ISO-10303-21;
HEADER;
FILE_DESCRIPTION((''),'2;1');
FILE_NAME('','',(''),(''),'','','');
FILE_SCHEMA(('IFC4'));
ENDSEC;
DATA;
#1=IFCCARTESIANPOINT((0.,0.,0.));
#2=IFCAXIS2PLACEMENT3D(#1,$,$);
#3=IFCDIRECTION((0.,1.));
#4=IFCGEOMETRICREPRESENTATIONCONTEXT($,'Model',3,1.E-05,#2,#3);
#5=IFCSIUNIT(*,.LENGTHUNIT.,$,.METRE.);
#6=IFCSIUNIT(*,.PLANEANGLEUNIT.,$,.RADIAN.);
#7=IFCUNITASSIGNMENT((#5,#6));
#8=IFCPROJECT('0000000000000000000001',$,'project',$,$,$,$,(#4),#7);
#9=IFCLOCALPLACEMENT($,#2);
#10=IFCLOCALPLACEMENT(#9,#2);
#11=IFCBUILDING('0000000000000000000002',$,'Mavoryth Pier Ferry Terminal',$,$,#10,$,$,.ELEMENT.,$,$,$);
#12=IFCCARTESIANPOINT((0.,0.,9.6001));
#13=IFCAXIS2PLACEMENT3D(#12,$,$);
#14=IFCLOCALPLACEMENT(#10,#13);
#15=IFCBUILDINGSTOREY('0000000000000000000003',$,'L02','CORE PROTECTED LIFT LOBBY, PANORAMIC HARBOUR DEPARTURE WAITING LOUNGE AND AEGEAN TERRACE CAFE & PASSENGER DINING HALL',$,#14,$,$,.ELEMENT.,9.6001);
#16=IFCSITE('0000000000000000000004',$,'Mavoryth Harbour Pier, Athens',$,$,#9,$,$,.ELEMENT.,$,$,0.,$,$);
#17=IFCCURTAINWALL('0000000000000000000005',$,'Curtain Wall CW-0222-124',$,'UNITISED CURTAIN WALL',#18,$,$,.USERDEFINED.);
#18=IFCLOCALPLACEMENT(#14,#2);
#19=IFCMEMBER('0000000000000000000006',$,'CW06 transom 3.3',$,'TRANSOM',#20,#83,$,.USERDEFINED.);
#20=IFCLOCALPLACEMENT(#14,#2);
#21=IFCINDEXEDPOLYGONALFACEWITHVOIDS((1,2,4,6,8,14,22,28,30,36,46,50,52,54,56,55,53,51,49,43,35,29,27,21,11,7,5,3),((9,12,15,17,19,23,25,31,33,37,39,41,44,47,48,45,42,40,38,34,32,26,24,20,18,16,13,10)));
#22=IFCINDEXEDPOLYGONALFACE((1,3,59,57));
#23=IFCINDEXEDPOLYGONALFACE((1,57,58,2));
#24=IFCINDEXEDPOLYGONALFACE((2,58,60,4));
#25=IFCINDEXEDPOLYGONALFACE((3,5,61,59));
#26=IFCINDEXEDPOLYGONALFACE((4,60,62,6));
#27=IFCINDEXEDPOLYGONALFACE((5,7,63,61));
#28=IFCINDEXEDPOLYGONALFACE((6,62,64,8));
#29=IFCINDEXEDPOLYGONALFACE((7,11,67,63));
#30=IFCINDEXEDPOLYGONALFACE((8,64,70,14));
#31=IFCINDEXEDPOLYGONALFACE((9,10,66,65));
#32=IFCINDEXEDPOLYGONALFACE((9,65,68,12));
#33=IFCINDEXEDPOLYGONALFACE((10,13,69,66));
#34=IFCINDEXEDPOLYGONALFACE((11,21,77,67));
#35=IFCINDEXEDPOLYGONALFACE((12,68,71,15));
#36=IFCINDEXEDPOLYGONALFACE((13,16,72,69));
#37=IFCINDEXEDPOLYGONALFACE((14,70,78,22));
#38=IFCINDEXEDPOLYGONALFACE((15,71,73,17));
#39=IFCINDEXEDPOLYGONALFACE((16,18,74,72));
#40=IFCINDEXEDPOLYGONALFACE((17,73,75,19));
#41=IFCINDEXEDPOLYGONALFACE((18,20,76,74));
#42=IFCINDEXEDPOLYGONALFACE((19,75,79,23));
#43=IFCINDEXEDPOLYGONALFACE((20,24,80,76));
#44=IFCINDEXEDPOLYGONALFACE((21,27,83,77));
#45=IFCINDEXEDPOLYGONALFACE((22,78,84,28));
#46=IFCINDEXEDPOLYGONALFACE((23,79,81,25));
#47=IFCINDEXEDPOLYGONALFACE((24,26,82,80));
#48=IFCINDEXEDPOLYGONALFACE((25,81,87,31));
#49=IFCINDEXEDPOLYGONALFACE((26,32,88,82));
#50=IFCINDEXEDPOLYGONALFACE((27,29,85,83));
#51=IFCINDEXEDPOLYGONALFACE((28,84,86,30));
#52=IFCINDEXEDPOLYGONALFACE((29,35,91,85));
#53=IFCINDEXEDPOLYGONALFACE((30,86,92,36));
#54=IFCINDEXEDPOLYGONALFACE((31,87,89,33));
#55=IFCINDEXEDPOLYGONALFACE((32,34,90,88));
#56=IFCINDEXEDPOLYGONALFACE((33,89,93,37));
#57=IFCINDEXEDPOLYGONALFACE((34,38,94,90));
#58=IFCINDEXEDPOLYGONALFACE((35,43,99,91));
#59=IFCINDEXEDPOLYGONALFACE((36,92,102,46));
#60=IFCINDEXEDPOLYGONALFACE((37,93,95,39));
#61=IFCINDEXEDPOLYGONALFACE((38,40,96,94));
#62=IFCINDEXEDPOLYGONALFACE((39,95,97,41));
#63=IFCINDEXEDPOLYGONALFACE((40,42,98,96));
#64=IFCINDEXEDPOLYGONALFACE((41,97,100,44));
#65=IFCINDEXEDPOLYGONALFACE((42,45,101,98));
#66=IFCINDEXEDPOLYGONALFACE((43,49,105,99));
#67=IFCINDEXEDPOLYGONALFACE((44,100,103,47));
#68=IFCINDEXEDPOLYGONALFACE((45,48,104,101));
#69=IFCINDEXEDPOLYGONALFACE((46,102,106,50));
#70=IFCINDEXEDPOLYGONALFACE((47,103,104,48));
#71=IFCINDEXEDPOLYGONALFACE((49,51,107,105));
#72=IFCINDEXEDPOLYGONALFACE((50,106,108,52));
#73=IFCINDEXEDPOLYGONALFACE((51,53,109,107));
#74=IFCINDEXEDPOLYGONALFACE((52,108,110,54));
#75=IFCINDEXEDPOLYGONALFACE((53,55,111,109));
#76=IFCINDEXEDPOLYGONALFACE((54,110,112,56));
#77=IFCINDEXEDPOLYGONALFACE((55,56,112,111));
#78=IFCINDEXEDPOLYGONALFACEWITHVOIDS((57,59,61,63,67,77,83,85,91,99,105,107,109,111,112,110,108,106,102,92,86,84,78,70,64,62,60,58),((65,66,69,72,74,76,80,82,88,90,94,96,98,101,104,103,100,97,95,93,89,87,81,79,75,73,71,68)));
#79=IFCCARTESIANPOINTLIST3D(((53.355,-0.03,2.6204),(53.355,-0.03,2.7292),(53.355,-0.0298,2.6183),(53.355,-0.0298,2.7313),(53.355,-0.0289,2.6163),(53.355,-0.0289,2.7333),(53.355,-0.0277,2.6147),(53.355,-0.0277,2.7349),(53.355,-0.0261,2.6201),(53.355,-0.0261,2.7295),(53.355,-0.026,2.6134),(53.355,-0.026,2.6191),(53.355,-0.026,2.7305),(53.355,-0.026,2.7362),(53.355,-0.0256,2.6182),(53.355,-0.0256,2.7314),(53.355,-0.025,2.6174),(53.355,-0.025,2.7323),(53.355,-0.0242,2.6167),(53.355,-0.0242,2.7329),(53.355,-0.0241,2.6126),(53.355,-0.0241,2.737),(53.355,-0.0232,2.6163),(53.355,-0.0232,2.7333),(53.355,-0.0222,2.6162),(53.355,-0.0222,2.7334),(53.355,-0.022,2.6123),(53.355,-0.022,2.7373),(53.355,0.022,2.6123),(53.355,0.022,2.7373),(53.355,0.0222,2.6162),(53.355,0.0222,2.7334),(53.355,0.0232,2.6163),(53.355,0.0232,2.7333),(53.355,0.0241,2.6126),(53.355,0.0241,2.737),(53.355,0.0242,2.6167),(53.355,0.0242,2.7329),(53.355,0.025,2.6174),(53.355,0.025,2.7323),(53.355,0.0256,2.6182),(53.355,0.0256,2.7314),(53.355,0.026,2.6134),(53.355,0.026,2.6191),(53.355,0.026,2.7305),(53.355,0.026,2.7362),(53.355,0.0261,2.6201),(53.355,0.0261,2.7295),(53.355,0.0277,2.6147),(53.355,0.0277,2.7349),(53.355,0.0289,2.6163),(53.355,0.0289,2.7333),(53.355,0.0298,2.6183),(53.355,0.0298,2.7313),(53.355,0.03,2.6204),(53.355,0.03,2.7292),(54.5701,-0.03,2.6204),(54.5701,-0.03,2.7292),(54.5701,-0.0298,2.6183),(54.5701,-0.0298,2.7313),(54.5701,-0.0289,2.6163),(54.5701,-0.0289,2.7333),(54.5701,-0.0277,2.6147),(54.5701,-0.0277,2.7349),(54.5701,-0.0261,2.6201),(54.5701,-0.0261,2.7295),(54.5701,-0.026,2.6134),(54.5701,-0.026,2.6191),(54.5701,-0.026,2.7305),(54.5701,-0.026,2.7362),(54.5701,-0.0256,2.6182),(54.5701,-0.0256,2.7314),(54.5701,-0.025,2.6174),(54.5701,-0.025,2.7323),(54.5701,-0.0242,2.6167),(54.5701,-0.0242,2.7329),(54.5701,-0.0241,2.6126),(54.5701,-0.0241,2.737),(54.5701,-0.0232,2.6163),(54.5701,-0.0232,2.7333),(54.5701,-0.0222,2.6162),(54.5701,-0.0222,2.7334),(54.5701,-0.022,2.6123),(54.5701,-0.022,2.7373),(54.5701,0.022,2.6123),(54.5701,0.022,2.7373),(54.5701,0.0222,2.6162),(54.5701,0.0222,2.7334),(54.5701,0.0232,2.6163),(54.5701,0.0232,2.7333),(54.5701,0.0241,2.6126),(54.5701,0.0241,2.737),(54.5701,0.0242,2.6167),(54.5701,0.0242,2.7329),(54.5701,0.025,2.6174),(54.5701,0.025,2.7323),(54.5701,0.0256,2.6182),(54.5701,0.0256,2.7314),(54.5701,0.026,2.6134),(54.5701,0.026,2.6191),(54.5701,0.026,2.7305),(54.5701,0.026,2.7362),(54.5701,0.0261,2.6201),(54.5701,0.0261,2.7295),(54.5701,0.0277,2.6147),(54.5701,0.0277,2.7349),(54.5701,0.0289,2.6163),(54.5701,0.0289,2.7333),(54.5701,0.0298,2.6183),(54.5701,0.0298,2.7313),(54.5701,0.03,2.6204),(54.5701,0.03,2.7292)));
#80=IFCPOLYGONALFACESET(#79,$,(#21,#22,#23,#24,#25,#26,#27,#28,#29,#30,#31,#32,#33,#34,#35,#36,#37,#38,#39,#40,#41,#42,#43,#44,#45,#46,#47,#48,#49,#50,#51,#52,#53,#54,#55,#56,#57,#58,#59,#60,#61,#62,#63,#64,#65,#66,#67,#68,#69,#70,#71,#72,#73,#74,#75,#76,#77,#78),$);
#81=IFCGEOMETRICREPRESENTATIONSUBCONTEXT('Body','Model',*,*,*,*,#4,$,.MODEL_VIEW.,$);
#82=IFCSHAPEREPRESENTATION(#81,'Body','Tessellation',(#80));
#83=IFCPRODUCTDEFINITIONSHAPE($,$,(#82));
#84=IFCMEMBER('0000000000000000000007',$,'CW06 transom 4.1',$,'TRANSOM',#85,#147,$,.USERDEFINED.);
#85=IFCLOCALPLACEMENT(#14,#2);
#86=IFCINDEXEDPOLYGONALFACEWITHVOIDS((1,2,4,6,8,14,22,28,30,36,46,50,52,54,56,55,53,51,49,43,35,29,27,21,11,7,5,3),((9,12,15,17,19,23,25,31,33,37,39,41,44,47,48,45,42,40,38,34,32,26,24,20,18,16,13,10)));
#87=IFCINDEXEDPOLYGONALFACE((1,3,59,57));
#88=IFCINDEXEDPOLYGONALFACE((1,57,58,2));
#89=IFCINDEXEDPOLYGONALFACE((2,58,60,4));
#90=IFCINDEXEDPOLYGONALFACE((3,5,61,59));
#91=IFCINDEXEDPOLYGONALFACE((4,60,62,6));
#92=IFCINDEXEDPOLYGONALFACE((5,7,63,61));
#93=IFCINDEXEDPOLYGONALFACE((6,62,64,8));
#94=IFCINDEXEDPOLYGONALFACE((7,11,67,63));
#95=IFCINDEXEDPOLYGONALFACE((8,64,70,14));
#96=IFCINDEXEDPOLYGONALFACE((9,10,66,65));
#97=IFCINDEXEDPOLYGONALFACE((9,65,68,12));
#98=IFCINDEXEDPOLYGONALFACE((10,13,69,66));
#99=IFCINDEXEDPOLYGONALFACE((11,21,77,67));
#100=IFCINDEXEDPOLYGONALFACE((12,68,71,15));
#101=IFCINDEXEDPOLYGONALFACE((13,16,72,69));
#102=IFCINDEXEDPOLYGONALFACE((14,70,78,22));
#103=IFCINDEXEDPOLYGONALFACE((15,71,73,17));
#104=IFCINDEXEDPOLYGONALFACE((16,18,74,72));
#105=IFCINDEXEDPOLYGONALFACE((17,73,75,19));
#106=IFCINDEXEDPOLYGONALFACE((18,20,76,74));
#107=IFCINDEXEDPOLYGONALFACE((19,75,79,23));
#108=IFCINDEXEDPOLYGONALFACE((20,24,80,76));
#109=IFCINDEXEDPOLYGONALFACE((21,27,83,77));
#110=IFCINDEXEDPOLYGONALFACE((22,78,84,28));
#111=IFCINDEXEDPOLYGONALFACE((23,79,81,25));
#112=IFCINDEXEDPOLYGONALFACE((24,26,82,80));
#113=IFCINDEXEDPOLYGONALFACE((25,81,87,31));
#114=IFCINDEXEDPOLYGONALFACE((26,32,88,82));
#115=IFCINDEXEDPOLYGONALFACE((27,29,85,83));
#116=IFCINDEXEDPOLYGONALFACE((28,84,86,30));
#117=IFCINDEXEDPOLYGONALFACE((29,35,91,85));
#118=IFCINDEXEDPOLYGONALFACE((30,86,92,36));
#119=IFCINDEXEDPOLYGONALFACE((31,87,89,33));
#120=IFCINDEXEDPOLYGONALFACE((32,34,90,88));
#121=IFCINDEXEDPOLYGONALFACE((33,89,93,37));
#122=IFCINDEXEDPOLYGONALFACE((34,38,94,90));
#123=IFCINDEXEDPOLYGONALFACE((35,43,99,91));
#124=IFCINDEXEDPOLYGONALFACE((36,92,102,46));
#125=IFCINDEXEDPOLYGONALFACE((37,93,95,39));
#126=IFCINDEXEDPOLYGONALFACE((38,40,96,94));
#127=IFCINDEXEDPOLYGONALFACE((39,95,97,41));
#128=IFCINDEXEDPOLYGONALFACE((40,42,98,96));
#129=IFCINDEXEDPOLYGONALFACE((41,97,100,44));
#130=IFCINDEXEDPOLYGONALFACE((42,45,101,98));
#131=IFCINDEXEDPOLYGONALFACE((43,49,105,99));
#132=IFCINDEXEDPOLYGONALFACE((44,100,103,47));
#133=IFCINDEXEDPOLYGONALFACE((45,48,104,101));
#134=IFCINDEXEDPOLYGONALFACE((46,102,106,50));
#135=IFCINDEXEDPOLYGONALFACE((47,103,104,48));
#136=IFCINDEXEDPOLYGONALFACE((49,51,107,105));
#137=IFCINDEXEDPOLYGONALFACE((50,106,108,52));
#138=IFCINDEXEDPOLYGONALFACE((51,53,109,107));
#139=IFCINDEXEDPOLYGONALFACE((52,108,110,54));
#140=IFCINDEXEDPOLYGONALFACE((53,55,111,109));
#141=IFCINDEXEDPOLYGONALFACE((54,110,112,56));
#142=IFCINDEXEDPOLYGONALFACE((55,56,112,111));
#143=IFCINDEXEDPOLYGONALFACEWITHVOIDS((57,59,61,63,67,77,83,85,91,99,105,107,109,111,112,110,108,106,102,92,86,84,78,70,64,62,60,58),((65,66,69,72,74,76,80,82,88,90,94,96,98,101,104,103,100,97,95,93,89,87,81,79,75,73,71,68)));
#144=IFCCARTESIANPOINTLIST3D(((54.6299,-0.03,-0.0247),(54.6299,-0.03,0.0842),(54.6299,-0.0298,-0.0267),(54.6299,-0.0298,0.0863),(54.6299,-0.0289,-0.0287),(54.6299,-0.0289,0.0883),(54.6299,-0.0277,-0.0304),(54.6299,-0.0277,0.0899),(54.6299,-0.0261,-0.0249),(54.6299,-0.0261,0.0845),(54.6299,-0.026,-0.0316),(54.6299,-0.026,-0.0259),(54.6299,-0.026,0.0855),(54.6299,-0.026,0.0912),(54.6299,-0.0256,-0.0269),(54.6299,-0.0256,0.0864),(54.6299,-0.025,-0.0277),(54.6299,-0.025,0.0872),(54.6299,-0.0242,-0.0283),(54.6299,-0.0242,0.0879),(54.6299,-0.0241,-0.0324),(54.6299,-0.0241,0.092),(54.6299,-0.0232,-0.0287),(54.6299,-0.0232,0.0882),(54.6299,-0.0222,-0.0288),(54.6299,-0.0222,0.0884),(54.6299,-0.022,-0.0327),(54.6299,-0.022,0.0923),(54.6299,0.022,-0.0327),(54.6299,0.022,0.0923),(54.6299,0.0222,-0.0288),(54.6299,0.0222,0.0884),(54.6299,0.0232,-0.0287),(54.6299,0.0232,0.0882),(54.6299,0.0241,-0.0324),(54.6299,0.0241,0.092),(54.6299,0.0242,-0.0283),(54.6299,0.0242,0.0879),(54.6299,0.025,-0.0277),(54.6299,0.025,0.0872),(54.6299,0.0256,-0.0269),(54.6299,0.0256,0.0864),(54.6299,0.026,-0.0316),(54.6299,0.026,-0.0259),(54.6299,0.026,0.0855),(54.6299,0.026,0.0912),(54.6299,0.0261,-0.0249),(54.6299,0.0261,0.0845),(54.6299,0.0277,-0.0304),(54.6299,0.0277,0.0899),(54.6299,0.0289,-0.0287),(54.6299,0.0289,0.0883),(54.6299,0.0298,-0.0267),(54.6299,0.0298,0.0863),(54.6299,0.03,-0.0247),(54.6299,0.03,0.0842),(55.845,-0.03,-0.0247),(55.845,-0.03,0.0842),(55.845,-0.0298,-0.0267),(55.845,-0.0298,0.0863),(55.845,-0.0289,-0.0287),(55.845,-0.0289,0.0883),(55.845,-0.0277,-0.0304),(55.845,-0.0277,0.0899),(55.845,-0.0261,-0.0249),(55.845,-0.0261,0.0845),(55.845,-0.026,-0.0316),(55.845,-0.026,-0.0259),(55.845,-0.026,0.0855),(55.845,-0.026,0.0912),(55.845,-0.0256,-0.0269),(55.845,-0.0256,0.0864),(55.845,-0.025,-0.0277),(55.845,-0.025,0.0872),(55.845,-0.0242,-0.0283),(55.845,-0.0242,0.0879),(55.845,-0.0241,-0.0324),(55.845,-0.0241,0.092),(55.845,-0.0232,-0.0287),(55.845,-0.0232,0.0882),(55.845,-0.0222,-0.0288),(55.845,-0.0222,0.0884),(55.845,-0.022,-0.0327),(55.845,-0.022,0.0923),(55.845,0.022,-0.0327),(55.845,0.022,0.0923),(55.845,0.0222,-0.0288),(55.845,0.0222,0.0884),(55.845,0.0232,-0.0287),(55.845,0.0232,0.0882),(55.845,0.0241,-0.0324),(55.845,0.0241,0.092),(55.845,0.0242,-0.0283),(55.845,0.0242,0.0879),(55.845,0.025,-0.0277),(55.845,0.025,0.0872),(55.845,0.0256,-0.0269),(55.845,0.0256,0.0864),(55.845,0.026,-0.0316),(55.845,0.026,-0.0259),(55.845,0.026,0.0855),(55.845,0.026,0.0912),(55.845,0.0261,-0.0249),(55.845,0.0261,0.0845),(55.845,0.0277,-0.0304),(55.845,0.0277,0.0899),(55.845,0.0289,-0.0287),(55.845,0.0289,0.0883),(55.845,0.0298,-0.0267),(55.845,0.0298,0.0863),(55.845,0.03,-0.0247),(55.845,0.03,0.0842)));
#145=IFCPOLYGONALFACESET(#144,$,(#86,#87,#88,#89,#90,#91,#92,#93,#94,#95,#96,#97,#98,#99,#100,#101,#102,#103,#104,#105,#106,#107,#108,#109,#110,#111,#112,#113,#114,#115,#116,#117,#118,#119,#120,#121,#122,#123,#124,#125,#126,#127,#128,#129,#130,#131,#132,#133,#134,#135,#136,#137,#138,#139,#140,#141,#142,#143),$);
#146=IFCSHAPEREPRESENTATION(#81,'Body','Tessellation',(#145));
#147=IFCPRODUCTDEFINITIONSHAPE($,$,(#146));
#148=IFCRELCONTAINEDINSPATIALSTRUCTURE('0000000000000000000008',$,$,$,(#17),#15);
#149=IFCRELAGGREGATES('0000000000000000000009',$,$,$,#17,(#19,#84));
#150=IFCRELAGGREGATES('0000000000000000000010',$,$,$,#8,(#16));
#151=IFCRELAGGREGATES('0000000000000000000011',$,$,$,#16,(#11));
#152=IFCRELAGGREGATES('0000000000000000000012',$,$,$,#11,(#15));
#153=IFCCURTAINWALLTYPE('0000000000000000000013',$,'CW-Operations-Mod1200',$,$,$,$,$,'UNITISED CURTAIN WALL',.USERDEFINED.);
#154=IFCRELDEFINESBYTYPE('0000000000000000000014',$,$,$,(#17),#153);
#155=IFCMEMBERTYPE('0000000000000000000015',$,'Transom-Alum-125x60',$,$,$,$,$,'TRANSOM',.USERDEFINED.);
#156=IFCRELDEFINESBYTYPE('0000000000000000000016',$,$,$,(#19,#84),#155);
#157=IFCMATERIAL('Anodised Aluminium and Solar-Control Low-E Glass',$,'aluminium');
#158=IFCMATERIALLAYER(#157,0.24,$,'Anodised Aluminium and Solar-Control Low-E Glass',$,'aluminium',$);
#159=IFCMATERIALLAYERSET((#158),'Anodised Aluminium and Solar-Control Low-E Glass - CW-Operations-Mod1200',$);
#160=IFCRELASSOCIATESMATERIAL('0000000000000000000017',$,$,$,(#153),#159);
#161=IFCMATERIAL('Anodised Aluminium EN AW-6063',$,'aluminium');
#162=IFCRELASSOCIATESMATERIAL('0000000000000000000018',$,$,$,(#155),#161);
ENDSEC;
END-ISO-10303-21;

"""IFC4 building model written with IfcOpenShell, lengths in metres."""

from ifc_helpers import new_model, si_unit, direction, frame, origin, origin_2d, place, context, subcontext, project, spatial, hollow_rectangle, extrude, material, layer, layer_set, material_profile, profile_set, type_object, element, aggregate, save


model = new_model("IFC4")

# Units and contexts
model_context = context("Model", 3, precision=1e-05, world=origin(), true_north=direction((0.0, 1.0)))
body_context = subcontext(model_context, "Body", "Model", "MODEL_VIEW")
ifc_project = project(units=[si_unit("LENGTHUNIT", "METRE"), si_unit("PLANEANGLEUNIT", "RADIAN")], contexts=[model_context])

# Site, building, storey
site_placement = place(None, origin())
site = spatial("IfcSite", under=ifc_project, at=site_placement, Name="Mavoryth Harbour Pier, Athens", CompositionType="ELEMENT", RefElevation=0.0)
building_placement = place(site_placement, origin())
building = spatial("IfcBuilding", under=site, at=building_placement, Name="Mavoryth Pier Ferry Terminal", CompositionType="ELEMENT")
storey_placement = place(building_placement, frame((0.0, 0.0, 9.6001)))
storey = spatial("IfcBuildingStorey", under=building, at=storey_placement, Name="L02", Description="CORE PROTECTED LIFT LOBBY, PANORAMIC HARBOUR DEPARTURE WAITING LOUNGE AND AEGEAN TERRACE CAFE & PASSENGER DINING HALL", CompositionType="ELEMENT", Elevation=9.6001)

# Curtain wall
ifc_material_1 = material(Name="Anodised Aluminium and Solar-Control Low-E Glass", Category="aluminium")
ifc_layer_1 = layer(ifc_material_1, 0.24, Name="Anodised Aluminium and Solar-Control Low-E Glass", Category="aluminium")
ifc_layer_set_1 = layer_set([ifc_layer_1], Name="Anodised Aluminium and Solar-Control Low-E Glass - CW-Operations-Mod1200")
curtain_wall_type = type_object("IfcCurtainWallType", Name="CW-Operations-Mod1200", ElementType="UNITISED CURTAIN WALL", PredefinedType="USERDEFINED", material=ifc_layer_set_1)
curtain_wall_placement = place(storey_placement, origin())
curtain_wall = element("IfcCurtainWall", 1, at=curtain_wall_placement, inside=storey, type_object=curtain_wall_type, Name="Curtain Wall CW-0222-124", ObjectType="UNITISED CURTAIN WALL", PredefinedType="USERDEFINED")
ifc_material_2 = material(Name="Anodised Aluminium EN AW-6063", Category="aluminium")

# Members
ifc_material_profile_1 = material_profile(ifc_material_2, hollow_rectangle(XDim=0.0601, YDim=0.125, WallThickness=0.0039, InnerFilletRadius=0.0039, OuterFilletRadius=0.0081, at=origin_2d()), Name="AL-TRAN 125x60x4", Category="aluminium")
ifc_profile_set_1 = profile_set([ifc_material_profile_1], Name="Anodised Aluminium EN AW-6063 - AL-TRAN 125x60x4")
member_type_1 = type_object("IfcMemberType", Name="Transom-Alum-125x60", ElementType="TRANSOM", PredefinedType="USERDEFINED", material=ifc_profile_set_1)
member_1_placement = place(storey_placement, frame((53.355, 0.0, 2.6748), z_axis=(1.0, 0.0, 0.0), x_axis=(0.0, 1.0, 0.0)))
member_1 = element("IfcMember", 2, at=member_1_placement, type_object=member_type_1, Name="CW06 transom 3.3", ObjectType="TRANSOM", PredefinedType="USERDEFINED", context=body_context, shape_type="SweptSolid", body=[
    extrude(hollow_rectangle(XDim=0.0601, YDim=0.125, WallThickness=0.0039, InnerFilletRadius=0.0039, OuterFilletRadius=0.0081, at=origin_2d()), origin(), (0.0, 0.0, 1.0), 1.2151),
])
member_2_placement = place(storey_placement, frame((54.6299, 0.0, 0.0298), z_axis=(1.0, 0.0, 0.0), x_axis=(0.0, 1.0, 0.0)))
member_2 = element("IfcMember", 3, at=member_2_placement, type_object=member_type_1, Name="CW06 transom 4.1", ObjectType="TRANSOM", PredefinedType="USERDEFINED", context=body_context, shape_type="SweptSolid", body=[
    extrude(hollow_rectangle(XDim=0.0601, YDim=0.125, WallThickness=0.0039, InnerFilletRadius=0.0039, OuterFilletRadius=0.0081, at=origin_2d()), origin(), (0.0, 0.0, 1.0), 1.2151),
])

aggregate(curtain_wall, [member_1, member_2])

save(model, "model.ifc")
